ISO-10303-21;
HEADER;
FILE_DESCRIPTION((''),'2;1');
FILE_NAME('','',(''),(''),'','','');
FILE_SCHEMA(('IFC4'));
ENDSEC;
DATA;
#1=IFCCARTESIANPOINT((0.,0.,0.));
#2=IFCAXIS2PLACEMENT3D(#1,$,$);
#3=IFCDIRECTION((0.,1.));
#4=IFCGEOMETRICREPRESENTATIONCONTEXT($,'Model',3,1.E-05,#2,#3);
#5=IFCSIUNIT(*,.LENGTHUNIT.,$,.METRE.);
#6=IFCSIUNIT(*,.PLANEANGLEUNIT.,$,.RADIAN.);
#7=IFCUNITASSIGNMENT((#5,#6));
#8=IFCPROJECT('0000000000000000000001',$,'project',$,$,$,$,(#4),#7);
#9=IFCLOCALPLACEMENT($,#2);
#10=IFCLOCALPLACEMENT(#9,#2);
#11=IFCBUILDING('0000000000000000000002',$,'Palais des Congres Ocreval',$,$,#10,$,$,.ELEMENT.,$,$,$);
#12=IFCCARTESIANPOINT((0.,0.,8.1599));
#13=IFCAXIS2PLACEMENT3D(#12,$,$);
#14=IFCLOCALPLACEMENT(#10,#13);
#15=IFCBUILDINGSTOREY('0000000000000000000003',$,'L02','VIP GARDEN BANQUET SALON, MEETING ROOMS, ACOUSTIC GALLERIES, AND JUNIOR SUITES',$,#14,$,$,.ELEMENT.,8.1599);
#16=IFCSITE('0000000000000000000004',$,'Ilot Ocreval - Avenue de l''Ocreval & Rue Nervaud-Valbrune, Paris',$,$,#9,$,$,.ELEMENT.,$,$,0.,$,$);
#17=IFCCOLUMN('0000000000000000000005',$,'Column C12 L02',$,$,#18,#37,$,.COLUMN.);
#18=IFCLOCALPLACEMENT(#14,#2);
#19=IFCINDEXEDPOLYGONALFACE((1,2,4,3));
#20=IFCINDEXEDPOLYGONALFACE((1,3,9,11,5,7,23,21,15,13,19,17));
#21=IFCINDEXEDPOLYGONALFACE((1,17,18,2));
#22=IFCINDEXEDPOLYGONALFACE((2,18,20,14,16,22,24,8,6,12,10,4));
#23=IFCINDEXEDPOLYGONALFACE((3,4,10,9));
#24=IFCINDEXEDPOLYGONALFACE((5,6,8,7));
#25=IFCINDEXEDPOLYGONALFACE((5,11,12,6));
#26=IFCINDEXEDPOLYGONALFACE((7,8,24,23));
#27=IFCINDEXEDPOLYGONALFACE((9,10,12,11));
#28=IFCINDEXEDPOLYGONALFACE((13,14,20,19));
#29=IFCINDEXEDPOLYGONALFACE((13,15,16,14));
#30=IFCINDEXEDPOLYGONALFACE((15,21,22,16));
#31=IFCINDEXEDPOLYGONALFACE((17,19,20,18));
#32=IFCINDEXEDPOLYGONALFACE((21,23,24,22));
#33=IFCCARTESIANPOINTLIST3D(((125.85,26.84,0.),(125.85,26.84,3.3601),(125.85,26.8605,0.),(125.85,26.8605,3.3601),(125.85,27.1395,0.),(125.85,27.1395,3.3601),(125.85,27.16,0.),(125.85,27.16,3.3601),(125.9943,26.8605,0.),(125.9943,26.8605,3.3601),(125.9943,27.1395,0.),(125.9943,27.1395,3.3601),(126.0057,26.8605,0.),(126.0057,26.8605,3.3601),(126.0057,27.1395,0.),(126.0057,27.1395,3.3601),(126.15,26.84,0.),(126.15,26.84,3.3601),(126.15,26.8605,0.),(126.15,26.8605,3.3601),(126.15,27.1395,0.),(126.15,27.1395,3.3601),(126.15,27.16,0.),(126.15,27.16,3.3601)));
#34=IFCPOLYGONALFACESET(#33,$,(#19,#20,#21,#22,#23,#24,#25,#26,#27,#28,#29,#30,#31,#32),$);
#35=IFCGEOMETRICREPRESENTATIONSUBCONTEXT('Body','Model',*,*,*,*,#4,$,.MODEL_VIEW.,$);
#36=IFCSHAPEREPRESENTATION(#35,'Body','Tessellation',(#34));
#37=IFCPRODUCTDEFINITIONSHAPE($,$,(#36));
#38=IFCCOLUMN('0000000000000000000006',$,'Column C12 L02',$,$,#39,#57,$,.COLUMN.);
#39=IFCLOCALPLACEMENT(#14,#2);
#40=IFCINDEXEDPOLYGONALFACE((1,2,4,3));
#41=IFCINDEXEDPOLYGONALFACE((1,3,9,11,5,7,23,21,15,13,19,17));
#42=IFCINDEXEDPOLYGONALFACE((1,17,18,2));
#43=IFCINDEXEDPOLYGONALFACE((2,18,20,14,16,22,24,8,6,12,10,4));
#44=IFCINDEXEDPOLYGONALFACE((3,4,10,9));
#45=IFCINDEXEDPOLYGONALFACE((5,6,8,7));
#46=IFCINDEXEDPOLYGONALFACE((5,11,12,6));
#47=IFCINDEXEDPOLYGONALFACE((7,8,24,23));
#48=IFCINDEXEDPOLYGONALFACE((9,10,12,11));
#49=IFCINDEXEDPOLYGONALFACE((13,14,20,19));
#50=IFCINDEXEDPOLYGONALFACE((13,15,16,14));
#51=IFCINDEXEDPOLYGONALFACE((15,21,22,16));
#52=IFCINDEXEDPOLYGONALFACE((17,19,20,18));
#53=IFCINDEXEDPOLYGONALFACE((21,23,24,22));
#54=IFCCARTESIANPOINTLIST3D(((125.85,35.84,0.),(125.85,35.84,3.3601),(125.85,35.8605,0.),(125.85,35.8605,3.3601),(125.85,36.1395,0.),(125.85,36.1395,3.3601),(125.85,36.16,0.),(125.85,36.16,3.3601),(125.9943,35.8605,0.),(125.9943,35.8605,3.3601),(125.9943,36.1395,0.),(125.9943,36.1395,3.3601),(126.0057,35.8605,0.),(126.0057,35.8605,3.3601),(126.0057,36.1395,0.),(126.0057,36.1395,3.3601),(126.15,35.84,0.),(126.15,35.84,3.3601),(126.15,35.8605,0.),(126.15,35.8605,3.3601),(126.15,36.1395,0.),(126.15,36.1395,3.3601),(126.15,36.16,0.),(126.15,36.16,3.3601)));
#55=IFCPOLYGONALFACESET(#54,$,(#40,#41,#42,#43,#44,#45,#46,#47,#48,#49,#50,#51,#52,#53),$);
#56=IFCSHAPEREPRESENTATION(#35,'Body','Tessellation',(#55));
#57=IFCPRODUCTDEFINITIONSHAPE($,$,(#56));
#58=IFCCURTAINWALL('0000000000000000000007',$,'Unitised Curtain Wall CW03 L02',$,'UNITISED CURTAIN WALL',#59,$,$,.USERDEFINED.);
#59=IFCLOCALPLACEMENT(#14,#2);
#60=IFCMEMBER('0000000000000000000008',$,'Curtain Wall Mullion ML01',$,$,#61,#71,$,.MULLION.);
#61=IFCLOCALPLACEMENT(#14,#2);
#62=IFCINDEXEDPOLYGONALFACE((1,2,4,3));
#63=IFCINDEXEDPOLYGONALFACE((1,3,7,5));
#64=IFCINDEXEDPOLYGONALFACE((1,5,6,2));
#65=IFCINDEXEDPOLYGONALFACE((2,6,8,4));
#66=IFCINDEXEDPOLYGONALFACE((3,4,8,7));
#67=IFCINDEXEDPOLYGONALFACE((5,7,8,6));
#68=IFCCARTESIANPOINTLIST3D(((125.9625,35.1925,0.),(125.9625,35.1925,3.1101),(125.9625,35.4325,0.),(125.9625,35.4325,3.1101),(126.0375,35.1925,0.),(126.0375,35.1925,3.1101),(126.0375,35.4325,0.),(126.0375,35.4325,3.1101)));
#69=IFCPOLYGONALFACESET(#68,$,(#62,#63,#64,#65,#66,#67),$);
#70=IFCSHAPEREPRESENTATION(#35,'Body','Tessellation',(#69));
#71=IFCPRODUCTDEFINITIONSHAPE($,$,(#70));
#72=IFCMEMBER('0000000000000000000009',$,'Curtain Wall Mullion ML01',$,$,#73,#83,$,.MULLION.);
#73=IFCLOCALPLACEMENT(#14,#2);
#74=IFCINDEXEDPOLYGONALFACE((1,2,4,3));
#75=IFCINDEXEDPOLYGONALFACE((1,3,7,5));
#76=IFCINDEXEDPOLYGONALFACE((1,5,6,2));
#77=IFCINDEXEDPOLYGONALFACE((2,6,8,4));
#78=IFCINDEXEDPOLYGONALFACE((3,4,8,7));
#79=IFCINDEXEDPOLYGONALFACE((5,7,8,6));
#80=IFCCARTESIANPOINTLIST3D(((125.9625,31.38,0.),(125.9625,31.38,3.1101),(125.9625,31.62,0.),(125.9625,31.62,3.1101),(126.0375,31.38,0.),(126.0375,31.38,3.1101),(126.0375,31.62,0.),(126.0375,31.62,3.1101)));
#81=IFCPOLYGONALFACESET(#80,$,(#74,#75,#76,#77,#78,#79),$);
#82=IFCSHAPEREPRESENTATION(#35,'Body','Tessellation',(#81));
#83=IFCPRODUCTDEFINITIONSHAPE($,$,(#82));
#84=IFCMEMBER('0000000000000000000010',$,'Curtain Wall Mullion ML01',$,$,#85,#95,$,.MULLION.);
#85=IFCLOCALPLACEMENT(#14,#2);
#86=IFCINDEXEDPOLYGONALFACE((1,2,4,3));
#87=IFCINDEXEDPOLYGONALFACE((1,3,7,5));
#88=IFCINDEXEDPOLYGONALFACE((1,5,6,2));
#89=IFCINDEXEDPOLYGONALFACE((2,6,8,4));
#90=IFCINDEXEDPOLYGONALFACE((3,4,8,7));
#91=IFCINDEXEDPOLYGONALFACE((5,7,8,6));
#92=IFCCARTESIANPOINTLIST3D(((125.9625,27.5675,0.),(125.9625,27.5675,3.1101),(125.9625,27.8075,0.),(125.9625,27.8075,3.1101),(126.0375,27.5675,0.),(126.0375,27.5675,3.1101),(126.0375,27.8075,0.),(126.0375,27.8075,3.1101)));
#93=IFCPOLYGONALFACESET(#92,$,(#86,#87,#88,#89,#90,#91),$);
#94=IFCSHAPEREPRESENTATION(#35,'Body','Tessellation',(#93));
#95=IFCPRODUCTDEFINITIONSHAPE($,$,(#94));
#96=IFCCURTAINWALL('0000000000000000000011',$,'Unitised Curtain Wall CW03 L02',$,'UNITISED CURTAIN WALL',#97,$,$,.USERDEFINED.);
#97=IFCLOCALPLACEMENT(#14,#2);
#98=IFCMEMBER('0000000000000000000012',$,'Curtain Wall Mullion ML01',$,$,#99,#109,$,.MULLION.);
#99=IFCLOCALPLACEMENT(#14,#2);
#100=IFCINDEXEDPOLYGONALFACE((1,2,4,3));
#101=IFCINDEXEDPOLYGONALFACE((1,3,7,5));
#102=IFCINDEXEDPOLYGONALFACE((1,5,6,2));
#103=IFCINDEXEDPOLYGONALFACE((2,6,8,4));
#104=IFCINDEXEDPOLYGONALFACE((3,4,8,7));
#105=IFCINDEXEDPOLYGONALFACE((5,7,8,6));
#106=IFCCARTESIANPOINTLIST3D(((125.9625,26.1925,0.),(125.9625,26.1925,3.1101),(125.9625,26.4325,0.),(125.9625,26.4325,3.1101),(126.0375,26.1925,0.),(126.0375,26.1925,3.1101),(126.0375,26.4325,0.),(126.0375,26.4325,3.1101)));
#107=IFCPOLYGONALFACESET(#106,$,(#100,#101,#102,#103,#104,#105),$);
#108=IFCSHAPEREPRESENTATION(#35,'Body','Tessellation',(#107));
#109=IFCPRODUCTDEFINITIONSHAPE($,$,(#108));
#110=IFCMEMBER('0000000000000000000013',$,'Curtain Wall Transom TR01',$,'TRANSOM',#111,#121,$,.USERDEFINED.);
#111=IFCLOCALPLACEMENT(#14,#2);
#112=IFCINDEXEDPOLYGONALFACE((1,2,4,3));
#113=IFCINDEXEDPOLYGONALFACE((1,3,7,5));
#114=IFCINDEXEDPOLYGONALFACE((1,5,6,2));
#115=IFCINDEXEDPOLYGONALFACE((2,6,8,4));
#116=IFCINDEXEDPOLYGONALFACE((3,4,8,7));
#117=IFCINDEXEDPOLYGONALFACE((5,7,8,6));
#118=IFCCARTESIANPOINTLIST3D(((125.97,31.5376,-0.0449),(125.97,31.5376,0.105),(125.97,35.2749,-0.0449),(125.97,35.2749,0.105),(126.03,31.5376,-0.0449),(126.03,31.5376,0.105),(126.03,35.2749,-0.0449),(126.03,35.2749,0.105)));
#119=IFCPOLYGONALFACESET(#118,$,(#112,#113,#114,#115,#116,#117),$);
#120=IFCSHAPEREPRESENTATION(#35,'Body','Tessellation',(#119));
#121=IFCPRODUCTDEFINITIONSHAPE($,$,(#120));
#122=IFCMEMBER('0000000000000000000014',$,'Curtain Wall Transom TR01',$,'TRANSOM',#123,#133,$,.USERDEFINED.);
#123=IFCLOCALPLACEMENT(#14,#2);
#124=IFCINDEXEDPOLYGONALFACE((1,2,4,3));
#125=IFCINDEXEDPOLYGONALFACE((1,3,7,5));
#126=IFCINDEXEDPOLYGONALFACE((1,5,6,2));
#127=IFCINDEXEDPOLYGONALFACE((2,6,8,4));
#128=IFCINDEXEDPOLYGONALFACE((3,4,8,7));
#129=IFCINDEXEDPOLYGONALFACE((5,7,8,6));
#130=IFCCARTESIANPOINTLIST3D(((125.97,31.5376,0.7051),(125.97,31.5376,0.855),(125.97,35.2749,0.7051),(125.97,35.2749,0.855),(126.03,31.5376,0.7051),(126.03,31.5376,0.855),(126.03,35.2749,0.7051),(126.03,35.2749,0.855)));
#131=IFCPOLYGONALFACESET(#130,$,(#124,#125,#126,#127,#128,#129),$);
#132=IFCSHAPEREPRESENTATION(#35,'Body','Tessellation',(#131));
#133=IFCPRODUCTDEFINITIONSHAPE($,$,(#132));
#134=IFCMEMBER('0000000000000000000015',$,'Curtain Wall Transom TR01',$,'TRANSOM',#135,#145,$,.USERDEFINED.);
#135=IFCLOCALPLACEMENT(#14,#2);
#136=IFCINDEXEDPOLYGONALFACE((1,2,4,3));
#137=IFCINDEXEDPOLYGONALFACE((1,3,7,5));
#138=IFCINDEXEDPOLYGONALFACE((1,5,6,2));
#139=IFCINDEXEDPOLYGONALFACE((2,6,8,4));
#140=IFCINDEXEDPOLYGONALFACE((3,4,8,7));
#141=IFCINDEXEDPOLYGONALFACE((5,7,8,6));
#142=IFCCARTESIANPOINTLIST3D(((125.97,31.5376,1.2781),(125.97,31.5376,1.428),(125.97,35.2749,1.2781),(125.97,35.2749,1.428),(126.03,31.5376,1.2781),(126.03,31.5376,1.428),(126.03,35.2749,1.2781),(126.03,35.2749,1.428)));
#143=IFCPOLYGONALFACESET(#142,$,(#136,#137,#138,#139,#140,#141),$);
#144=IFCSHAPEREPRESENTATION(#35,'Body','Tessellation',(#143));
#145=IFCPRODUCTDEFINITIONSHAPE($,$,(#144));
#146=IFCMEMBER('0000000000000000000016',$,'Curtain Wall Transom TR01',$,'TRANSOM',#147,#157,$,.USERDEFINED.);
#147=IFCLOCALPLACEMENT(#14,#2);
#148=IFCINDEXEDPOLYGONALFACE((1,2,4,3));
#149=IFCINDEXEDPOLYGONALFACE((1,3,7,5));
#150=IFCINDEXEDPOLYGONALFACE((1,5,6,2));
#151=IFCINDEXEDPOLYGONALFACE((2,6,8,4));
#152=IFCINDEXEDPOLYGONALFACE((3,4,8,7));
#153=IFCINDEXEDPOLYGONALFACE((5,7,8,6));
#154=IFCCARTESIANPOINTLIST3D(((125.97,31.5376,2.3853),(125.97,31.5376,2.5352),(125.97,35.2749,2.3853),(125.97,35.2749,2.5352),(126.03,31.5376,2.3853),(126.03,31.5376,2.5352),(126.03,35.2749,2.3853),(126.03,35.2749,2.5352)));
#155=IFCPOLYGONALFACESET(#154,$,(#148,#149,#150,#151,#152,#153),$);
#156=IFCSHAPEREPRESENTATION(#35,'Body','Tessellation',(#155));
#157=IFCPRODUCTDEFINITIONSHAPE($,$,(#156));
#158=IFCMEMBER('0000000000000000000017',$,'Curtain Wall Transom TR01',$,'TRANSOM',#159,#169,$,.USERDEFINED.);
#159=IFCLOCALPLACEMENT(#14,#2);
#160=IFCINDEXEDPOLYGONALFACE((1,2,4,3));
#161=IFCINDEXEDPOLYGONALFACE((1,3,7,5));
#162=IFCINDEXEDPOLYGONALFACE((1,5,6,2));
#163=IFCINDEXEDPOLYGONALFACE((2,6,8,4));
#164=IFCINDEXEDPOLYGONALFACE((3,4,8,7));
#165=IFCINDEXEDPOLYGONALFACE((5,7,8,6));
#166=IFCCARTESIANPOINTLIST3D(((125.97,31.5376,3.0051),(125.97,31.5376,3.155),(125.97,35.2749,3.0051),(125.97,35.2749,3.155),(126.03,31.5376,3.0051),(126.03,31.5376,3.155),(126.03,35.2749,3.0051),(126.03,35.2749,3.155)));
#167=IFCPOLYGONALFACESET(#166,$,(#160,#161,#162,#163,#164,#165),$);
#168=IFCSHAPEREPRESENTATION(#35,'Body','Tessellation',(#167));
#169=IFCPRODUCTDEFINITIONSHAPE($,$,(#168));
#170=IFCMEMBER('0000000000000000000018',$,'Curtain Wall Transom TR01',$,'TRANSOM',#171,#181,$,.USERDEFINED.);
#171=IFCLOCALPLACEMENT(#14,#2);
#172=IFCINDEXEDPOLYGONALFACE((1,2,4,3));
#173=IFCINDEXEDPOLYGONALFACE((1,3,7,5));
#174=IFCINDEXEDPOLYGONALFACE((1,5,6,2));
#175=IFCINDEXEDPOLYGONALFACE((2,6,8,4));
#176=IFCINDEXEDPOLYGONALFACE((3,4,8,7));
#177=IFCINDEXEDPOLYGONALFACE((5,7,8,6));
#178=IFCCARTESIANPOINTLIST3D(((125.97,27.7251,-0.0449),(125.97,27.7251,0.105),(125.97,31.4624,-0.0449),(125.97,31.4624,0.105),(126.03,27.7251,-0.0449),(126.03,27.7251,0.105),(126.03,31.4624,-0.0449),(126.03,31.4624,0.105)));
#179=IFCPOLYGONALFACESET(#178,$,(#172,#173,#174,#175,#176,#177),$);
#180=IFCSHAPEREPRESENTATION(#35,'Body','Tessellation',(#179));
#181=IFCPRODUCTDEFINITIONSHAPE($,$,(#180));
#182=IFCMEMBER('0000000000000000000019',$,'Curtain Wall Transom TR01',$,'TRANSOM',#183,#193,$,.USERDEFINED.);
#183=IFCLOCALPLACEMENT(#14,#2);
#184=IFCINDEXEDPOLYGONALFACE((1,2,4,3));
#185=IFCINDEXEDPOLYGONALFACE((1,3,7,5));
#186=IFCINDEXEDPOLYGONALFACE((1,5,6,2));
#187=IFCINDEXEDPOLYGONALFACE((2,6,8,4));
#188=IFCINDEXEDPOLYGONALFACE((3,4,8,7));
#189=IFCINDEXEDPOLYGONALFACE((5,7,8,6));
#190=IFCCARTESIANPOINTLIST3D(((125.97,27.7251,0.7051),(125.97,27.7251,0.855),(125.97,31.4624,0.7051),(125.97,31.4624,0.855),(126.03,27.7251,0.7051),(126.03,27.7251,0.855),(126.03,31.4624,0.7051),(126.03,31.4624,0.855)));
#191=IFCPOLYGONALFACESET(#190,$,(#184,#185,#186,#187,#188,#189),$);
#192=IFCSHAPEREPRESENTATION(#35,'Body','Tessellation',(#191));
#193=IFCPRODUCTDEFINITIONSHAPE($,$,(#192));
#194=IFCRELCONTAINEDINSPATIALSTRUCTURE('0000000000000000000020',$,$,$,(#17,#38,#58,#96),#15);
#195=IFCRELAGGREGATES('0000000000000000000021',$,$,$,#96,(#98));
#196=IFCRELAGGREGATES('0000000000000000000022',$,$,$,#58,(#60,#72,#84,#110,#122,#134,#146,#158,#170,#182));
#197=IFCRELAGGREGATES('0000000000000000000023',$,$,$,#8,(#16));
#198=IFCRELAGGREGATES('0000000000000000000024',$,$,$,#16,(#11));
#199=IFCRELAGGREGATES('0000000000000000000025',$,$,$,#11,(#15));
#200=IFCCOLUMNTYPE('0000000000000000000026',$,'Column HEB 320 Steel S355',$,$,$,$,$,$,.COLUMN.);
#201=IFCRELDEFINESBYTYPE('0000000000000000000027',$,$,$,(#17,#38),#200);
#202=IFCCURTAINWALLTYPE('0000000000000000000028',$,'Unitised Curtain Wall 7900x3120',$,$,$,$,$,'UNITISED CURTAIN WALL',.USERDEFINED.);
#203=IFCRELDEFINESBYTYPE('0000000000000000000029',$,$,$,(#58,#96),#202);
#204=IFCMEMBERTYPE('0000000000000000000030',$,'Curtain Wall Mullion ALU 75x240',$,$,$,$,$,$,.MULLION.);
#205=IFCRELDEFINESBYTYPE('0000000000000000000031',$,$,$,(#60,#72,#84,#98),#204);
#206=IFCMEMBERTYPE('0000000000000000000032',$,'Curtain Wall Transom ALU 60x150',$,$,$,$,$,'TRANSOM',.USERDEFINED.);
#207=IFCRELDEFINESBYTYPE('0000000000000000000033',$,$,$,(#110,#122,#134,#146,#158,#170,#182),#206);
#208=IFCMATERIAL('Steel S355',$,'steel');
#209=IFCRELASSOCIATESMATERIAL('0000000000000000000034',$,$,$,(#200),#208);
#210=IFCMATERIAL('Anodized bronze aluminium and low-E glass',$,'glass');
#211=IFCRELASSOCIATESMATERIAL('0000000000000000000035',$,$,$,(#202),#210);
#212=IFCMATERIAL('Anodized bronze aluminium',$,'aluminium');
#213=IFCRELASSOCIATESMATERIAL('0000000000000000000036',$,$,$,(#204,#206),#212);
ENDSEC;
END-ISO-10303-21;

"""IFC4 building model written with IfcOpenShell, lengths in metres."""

from ifc_helpers import new_model, si_unit, direction, frame, origin, origin_2d, place, context, subcontext, project, spatial, rectangle, i_section, extrude, material, material_profile, profile_set, type_object, element, aggregate, save


model = new_model("IFC4")

# Units and contexts
model_context = context("Model", 3, precision=1e-05, world=origin(), true_north=direction((0.0, 1.0)))
body_context = subcontext(model_context, "Body", "Model", "MODEL_VIEW")
ifc_project = project(units=[si_unit("LENGTHUNIT", "METRE"), si_unit("PLANEANGLEUNIT", "RADIAN")], contexts=[model_context])

# Site, building, storey
site_placement = place(None, origin())
site = spatial("IfcSite", under=ifc_project, at=site_placement, Name="Ilot Ocreval - Avenue de l'Ocreval & Rue Nervaud-Valbrune, Paris", CompositionType="ELEMENT", RefElevation=0.0)
building_placement = place(site_placement, origin())
building = spatial("IfcBuilding", under=site, at=building_placement, Name="Palais des Congres Ocreval", CompositionType="ELEMENT")
storey_placement = place(building_placement, frame((0.0, 0.0, 8.1599)))
storey = spatial("IfcBuildingStorey", under=building, at=storey_placement, Name="L02", Description="VIP GARDEN BANQUET SALON, MEETING ROOMS, ACOUSTIC GALLERIES, AND JUNIOR SUITES", CompositionType="ELEMENT", Elevation=8.1599)

# Columns
ifc_material_1 = material(Name="Steel S355", Category="steel")
ifc_material_profile_1 = material_profile(ifc_material_1, i_section(OverallWidth=0.3, OverallDepth=0.3201, WebThickness=0.0115, FlangeThickness=0.0205, at=origin_2d()), Name="HEB 320")
ifc_profile_set_1 = profile_set([ifc_material_profile_1], Name="Steel S355")
column_type = type_object("IfcColumnType", Name="Column HEB 320 Steel S355", PredefinedType="COLUMN", material=ifc_profile_set_1)
for number, where, z_axis, x_axis, name in (
    (1, (126.0, 27.0, 0.0), (0.0, 0.0, 1.0), (1.0, 0.0, 0.0), "Column C12 L02"),
    (2, (126.0, 36.0, 0.0), (0.0, 0.0, 1.0), (1.0, 0.0, 0.0), "Column C12 L02"),
):
    element("IfcColumn", number, at=place(storey_placement, frame(where, z_axis=z_axis, x_axis=x_axis)), inside=storey, type_object=column_type, Name=name, PredefinedType="COLUMN", context=body_context, shape_type="SweptSolid", body=[
        extrude(i_section(OverallWidth=0.3, OverallDepth=0.3201, WebThickness=0.0115, FlangeThickness=0.0205, at=origin_2d()), origin(), (0.0, 0.0, 1.0), 3.3601),
    ])

# Curtain wall, members
ifc_material_2 = material(Name="Anodized bronze aluminium and low-E glass", Category="glass")
curtain_wall_type = type_object("IfcCurtainWallType", Name="Unitised Curtain Wall 7900x3120", ElementType="UNITISED CURTAIN WALL", PredefinedType="USERDEFINED", material=ifc_material_2)
curtain_wall_1_placement = place(storey_placement, origin())
curtain_wall_1 = element("IfcCurtainWall", 3, at=curtain_wall_1_placement, inside=storey, type_object=curtain_wall_type, Name="Unitised Curtain Wall CW03 L02", ObjectType="UNITISED CURTAIN WALL", PredefinedType="USERDEFINED")
ifc_material_3 = material(Name="Anodized bronze aluminium", Category="aluminium")
ifc_material_profile_2 = material_profile(ifc_material_3, rectangle(XDim=0.075, YDim=0.24, at=origin_2d()), Name="ALU 75x240")
ifc_profile_set_2 = profile_set([ifc_material_profile_2], Name="Anodized bronze aluminium")
member_type_1 = type_object("IfcMemberType", Name="Curtain Wall Mullion ALU 75x240", PredefinedType="MULLION", material=ifc_profile_set_2)
member_1_placement = place(storey_placement, frame((126.0, 35.3125, 0.0), z_axis=(0.0, 0.0, 1.0), x_axis=(1.0, 0.0, 0.0)))
member_1 = element("IfcMember", 4, at=member_1_placement, type_object=member_type_1, Name="Curtain Wall Mullion ML01", PredefinedType="MULLION", context=body_context, shape_type="SweptSolid", body=[
    extrude(rectangle(XDim=0.075, YDim=0.24, at=origin_2d()), origin(), (0.0, 0.0, 1.0), 3.1101),
])
member_2_placement = place(storey_placement, frame((126.0, 31.5, 0.0), z_axis=(0.0, 0.0, 1.0), x_axis=(1.0, 0.0, 0.0)))
member_2 = element("IfcMember", 5, at=member_2_placement, type_object=member_type_1, Name="Curtain Wall Mullion ML01", PredefinedType="MULLION", context=body_context, shape_type="SweptSolid", body=[
    extrude(rectangle(XDim=0.075, YDim=0.24, at=origin_2d()), origin(), (0.0, 0.0, 1.0), 3.1101),
])
member_3_placement = place(storey_placement, frame((126.0, 27.6875, 0.0), z_axis=(0.0, 0.0, 1.0), x_axis=(1.0, 0.0, 0.0)))
member_3 = element("IfcMember", 6, at=member_3_placement, type_object=member_type_1, Name="Curtain Wall Mullion ML01", PredefinedType="MULLION", context=body_context, shape_type="SweptSolid", body=[
    extrude(rectangle(XDim=0.075, YDim=0.24, at=origin_2d()), origin(), (0.0, 0.0, 1.0), 3.1101),
])

# Curtain wall, member
curtain_wall_2_placement = place(storey_placement, origin())
curtain_wall_2 = element("IfcCurtainWall", 7, at=curtain_wall_2_placement, inside=storey, type_object=curtain_wall_type, Name="Unitised Curtain Wall CW03 L02", ObjectType="UNITISED CURTAIN WALL", PredefinedType="USERDEFINED")
member_4_placement = place(storey_placement, frame((126.0, 26.3125, 0.0), z_axis=(0.0, 0.0, 1.0), x_axis=(1.0, 0.0, 0.0)))
member_4 = element("IfcMember", 8, at=member_4_placement, type_object=member_type_1, Name="Curtain Wall Mullion ML01", PredefinedType="MULLION", context=body_context, shape_type="SweptSolid", body=[
    extrude(rectangle(XDim=0.075, YDim=0.24, at=origin_2d()), origin(), (0.0, 0.0, 1.0), 3.1101),
])

# Members
ifc_material_profile_3 = material_profile(ifc_material_3, rectangle(XDim=0.0601, YDim=0.1499, at=origin_2d()), Name="ALU 60x150")
ifc_profile_set_3 = profile_set([ifc_material_profile_3], Name="Anodized bronze aluminium")
member_type_2 = type_object("IfcMemberType", Name="Curtain Wall Transom ALU 60x150", ElementType="TRANSOM", PredefinedType="USERDEFINED", material=ifc_profile_set_3)
member_5_placement = place(storey_placement, frame((126.0, 35.2749, 0.03), z_axis=(0.0, -1.0, 0.0), x_axis=(1.0, 0.0, 0.0)))
member_5 = element("IfcMember", 9, at=member_5_placement, type_object=member_type_2, Name="Curtain Wall Transom TR01", ObjectType="TRANSOM", PredefinedType="USERDEFINED", context=body_context, shape_type="SweptSolid", body=[
    extrude(rectangle(XDim=0.0601, YDim=0.1499, at=origin_2d()), origin(), (0.0, 0.0, 1.0), 3.7373),
])
member_6_placement = place(storey_placement, frame((126.0, 35.2749, 0.78), z_axis=(0.0, -1.0, 0.0), x_axis=(1.0, 0.0, 0.0)))
member_6 = element("IfcMember", 10, at=member_6_placement, type_object=member_type_2, Name="Curtain Wall Transom TR01", ObjectType="TRANSOM", PredefinedType="USERDEFINED", context=body_context, shape_type="SweptSolid", body=[
    extrude(rectangle(XDim=0.0601, YDim=0.1499, at=origin_2d()), origin(), (0.0, 0.0, 1.0), 3.7373),
])
member_7_placement = place(storey_placement, frame((126.0, 35.2749, 1.353), z_axis=(0.0, -1.0, 0.0), x_axis=(1.0, 0.0, 0.0)))
member_7 = element("IfcMember", 11, at=member_7_placement, type_object=member_type_2, Name="Curtain Wall Transom TR01", ObjectType="TRANSOM", PredefinedType="USERDEFINED", context=body_context, shape_type="SweptSolid", body=[
    extrude(rectangle(XDim=0.0601, YDim=0.1499, at=origin_2d()), origin(), (0.0, 0.0, 1.0), 3.7373),
])
member_8_placement = place(storey_placement, frame((126.0, 35.2749, 2.4602), z_axis=(0.0, -1.0, 0.0), x_axis=(1.0, 0.0, 0.0)))
member_8 = element("IfcMember", 12, at=member_8_placement, type_object=member_type_2, Name="Curtain Wall Transom TR01", ObjectType="TRANSOM", PredefinedType="USERDEFINED", context=body_context, shape_type="SweptSolid", body=[
    extrude(rectangle(XDim=0.0601, YDim=0.1499, at=origin_2d()), origin(), (0.0, 0.0, 1.0), 3.7373),
])
member_9_placement = place(storey_placement, frame((126.0, 35.2749, 3.0801), z_axis=(0.0, -1.0, 0.0), x_axis=(1.0, 0.0, 0.0)))
member_9 = element("IfcMember", 13, at=member_9_placement, type_object=member_type_2, Name="Curtain Wall Transom TR01", ObjectType="TRANSOM", PredefinedType="USERDEFINED", context=body_context, shape_type="SweptSolid", body=[
    extrude(rectangle(XDim=0.0601, YDim=0.1499, at=origin_2d()), origin(), (0.0, 0.0, 1.0), 3.7373),
])
member_10_placement = place(storey_placement, frame((126.0, 31.4624, 0.03), z_axis=(0.0, -1.0, 0.0), x_axis=(1.0, 0.0, 0.0)))
member_10 = element("IfcMember", 14, at=member_10_placement, type_object=member_type_2, Name="Curtain Wall Transom TR01", ObjectType="TRANSOM", PredefinedType="USERDEFINED", context=body_context, shape_type="SweptSolid", body=[
    extrude(rectangle(XDim=0.0601, YDim=0.1499, at=origin_2d()), origin(), (0.0, 0.0, 1.0), 3.7373),
])
member_11_placement = place(storey_placement, frame((126.0, 31.4624, 0.78), z_axis=(0.0, -1.0, 0.0), x_axis=(1.0, 0.0, 0.0)))
member_11 = element("IfcMember", 15, at=member_11_placement, type_object=member_type_2, Name="Curtain Wall Transom TR01", ObjectType="TRANSOM", PredefinedType="USERDEFINED", context=body_context, shape_type="SweptSolid", body=[
    extrude(rectangle(XDim=0.0601, YDim=0.1499, at=origin_2d()), origin(), (0.0, 0.0, 1.0), 3.7373),
])
aggregate(curtain_wall_2, [member_4])

aggregate(curtain_wall_1, [member_1, member_2, member_3, member_5, member_6, member_7, member_8, member_9, member_10, member_11])

save(model, "model.ifc")
